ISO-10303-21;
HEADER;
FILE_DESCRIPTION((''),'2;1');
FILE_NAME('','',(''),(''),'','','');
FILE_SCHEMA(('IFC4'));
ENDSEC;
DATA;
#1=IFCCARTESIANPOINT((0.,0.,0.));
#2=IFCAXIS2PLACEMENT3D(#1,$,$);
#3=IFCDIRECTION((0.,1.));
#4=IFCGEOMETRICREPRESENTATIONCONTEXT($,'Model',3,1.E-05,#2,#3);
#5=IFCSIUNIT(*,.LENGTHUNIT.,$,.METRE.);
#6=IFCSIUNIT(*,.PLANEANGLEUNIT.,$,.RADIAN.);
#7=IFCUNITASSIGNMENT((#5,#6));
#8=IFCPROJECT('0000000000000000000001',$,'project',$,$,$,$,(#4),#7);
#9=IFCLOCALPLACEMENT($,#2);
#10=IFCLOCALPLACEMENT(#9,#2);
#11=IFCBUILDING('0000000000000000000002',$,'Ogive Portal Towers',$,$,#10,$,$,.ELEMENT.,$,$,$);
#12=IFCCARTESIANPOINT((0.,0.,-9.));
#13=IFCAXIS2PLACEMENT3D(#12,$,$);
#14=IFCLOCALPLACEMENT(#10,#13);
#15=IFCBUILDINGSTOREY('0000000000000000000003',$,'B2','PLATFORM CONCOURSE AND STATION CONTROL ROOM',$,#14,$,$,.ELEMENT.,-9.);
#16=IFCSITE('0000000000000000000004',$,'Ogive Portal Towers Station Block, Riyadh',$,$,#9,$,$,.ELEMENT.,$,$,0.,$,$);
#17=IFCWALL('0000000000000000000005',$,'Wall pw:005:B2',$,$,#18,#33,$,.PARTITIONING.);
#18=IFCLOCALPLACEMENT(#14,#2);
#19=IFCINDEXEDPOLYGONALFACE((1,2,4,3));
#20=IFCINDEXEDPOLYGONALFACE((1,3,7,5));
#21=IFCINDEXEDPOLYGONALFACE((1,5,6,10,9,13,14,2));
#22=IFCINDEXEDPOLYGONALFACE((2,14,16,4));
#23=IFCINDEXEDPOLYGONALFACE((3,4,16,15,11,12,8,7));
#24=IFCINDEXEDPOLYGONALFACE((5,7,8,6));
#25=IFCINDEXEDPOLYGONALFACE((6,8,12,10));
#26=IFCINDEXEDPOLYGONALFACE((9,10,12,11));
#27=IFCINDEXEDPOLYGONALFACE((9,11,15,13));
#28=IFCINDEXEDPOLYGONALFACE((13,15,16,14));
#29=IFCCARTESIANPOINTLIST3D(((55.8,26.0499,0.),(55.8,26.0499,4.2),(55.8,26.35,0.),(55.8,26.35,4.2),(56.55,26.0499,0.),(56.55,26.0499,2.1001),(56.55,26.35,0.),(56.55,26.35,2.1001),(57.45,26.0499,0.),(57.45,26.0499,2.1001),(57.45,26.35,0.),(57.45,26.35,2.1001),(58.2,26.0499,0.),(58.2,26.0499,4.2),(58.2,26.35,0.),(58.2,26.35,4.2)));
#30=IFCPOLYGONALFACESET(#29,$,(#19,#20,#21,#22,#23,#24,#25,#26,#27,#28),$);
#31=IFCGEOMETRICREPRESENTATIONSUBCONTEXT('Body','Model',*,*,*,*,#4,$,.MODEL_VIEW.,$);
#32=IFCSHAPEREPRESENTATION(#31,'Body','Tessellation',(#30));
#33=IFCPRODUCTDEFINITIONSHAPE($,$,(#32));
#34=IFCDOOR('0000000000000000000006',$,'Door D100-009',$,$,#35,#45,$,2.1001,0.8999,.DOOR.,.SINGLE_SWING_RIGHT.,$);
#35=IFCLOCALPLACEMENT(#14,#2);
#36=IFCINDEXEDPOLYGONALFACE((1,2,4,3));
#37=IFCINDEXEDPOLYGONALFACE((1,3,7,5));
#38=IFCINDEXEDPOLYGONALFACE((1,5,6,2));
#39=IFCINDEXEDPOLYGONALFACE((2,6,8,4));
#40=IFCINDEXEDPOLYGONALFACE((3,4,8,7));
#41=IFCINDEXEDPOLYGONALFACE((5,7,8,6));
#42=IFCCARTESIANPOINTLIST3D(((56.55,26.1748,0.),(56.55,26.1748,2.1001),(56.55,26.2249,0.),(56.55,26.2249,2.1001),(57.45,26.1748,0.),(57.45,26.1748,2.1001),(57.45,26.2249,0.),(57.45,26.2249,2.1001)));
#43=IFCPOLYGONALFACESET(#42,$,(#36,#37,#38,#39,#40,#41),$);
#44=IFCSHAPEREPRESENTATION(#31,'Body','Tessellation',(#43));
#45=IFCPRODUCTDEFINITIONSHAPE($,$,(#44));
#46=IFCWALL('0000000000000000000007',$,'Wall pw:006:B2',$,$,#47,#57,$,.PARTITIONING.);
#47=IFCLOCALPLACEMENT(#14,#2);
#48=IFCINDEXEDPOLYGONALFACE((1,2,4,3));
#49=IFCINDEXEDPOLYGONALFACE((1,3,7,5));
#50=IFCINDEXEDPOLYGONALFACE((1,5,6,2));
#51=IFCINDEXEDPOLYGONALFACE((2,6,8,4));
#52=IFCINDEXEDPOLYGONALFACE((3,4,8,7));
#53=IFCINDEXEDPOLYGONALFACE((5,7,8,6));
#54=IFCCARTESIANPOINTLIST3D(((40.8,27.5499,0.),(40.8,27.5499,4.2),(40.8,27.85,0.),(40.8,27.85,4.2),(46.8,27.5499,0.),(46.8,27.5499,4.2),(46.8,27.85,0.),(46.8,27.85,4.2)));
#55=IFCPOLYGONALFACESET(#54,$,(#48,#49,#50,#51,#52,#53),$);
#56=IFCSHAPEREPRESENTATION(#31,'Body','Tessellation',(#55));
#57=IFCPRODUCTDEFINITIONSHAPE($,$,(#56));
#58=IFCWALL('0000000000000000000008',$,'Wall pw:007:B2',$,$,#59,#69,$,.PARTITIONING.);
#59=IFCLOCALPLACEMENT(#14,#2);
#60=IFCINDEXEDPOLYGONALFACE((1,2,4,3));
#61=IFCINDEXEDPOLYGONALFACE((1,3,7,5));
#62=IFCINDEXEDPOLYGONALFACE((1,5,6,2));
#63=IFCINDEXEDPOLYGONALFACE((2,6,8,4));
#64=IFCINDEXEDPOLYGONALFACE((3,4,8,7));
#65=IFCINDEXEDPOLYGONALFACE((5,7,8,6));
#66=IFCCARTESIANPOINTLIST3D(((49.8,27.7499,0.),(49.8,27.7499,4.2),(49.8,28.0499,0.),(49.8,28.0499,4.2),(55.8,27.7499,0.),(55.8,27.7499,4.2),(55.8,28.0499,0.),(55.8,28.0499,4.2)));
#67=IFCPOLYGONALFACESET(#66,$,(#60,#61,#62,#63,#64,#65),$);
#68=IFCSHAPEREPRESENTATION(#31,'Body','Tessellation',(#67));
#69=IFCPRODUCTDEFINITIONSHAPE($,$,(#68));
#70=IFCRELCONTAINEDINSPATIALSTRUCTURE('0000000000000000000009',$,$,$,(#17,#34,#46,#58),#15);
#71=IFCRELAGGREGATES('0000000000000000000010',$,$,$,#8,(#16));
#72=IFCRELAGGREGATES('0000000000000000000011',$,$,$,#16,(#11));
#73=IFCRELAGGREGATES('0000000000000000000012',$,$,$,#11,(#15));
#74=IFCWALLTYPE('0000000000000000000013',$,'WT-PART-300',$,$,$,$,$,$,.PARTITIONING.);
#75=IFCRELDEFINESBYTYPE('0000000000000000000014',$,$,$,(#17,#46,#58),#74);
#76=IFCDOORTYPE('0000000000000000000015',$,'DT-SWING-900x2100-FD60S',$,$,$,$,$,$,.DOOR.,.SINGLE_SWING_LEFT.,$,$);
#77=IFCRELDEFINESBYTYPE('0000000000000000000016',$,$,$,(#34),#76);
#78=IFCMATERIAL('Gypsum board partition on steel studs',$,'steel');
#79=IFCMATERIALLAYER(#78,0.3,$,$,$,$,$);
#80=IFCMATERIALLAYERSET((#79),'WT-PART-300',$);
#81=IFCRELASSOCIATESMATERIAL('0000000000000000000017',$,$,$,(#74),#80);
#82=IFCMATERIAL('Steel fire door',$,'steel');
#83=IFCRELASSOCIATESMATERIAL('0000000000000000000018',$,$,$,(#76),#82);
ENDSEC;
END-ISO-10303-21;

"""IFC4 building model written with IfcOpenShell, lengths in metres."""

from ifc_helpers import new_model, si_unit, direction, frame, frame_2d, origin, place, context, subcontext, project, spatial, rectangle, extrude, material, layer, layer_set, type_object, element, fill, save


model = new_model("IFC4")

# Units and contexts
model_context = context("Model", 3, precision=1e-05, world=origin(), true_north=direction((0.0, 1.0)))
body_context = subcontext(model_context, "Body", "Model", "MODEL_VIEW")
ifc_project = project(units=[si_unit("LENGTHUNIT", "METRE"), si_unit("PLANEANGLEUNIT", "RADIAN")], contexts=[model_context])

# Site, building, storey
site_placement = place(None, origin())
site = spatial("IfcSite", under=ifc_project, at=site_placement, Name="Ogive Portal Towers Station Block, Riyadh", CompositionType="ELEMENT", RefElevation=0.0)
building_placement = place(site_placement, origin())
building = spatial("IfcBuilding", under=site, at=building_placement, Name="Ogive Portal Towers", CompositionType="ELEMENT")
storey_placement = place(building_placement, frame((0.0, 0.0, -9.0)))
storey = spatial("IfcBuildingStorey", under=building, at=storey_placement, Name="B2", Description="PLATFORM CONCOURSE AND STATION CONTROL ROOM", CompositionType="ELEMENT", Elevation=-9.0)

# Shared definitions
ifc_material_1 = material(Name="Steel fire door", Category="steel")

# Wall, opening, door
ifc_material_2 = material(Name="Gypsum board partition on steel studs", Category="steel")
ifc_layer_1 = layer(ifc_material_2, 0.3)
ifc_layer_set_1 = layer_set([ifc_layer_1], Name="WT-PART-300")
wall_type_1 = type_object("IfcWallType", Name="WT-PART-300", PredefinedType="PARTITIONING", material=ifc_layer_set_1)
door_type_1 = type_object("IfcDoorType", Name="DT-SWING-900x2100-FD60S", OperationType="SINGLE_SWING_LEFT", PredefinedType="DOOR", material=ifc_material_1)
wall_1_placement = place(storey_placement, frame((55.8, 26.2, 0.0), z_axis=(0.0, 0.0, 1.0), x_axis=(1.0, 0.0, 0.0)))
wall_1 = element("IfcWall", 1, at=wall_1_placement, inside=storey, type_object=wall_type_1, Name="Wall pw:005:B2", PredefinedType="PARTITIONING", context=body_context, shape_type="SweptSolid", body=[
    extrude(rectangle(XDim=2.3999, YDim=0.3, at=frame_2d((1.2, 0.0))), origin(), (0.0, 0.0, 1.0), 4.2),
])
opening_1_placement = place(wall_1_placement, frame((0.75, 0.0, 0.0)))
opening_1 = element("IfcOpeningElement", 2, at=opening_1_placement, cuts=wall_1, PredefinedType="OPENING", context=body_context, shape_type="SweptSolid", body=[
    extrude(rectangle(XDim=0.8999, YDim=2.1001, at=frame_2d((0.45, 1.05))), frame((0.0, 0.1602, 0.0), z_axis=(0.0, -1.0, 0.0), x_axis=(1.0, 0.0, 0.0)), (0.0, 0.0, 1.0), 0.3201),
])
door_1_placement = place(opening_1_placement, origin())
door_1 = element("IfcDoor", 3, at=door_1_placement, inside=storey, type_object=door_type_1, Name="Door D100-009", OperationType="SINGLE_SWING_RIGHT", OverallHeight=2.1001, OverallWidth=0.8999, PredefinedType="DOOR", context=body_context, shape_type="SweptSolid", body=[
    extrude(rectangle(XDim=0.8999, YDim=2.1001, at=frame_2d((0.45, 1.05))), frame((0.0, 0.0249, 0.0), z_axis=(0.0, -1.0, 0.0), x_axis=(1.0, 0.0, 0.0)), (0.0, 0.0, 1.0), 0.05),
])
fill(opening_1, door_1)

# Walls
for number, where, z_axis, x_axis, name in (
    (4, (40.8, 27.7, 0.0), (0.0, 0.0, 1.0), (1.0, 0.0, 0.0), "Wall pw:006:B2"),
    (5, (49.8, 27.8999, 0.0), (0.0, 0.0, 1.0), (1.0, 0.0, 0.0), "Wall pw:007:B2"),
):
    element("IfcWall", number, at=place(storey_placement, frame(where, z_axis=z_axis, x_axis=x_axis)), inside=storey, type_object=wall_type_1, Name=name, PredefinedType="PARTITIONING", context=body_context, shape_type="SweptSolid", body=[
        extrude(rectangle(XDim=6.0, YDim=0.3, at=frame_2d((3.0, 0.0))), origin(), (0.0, 0.0, 1.0), 4.2),
    ])

save(model, "model.ifc")
